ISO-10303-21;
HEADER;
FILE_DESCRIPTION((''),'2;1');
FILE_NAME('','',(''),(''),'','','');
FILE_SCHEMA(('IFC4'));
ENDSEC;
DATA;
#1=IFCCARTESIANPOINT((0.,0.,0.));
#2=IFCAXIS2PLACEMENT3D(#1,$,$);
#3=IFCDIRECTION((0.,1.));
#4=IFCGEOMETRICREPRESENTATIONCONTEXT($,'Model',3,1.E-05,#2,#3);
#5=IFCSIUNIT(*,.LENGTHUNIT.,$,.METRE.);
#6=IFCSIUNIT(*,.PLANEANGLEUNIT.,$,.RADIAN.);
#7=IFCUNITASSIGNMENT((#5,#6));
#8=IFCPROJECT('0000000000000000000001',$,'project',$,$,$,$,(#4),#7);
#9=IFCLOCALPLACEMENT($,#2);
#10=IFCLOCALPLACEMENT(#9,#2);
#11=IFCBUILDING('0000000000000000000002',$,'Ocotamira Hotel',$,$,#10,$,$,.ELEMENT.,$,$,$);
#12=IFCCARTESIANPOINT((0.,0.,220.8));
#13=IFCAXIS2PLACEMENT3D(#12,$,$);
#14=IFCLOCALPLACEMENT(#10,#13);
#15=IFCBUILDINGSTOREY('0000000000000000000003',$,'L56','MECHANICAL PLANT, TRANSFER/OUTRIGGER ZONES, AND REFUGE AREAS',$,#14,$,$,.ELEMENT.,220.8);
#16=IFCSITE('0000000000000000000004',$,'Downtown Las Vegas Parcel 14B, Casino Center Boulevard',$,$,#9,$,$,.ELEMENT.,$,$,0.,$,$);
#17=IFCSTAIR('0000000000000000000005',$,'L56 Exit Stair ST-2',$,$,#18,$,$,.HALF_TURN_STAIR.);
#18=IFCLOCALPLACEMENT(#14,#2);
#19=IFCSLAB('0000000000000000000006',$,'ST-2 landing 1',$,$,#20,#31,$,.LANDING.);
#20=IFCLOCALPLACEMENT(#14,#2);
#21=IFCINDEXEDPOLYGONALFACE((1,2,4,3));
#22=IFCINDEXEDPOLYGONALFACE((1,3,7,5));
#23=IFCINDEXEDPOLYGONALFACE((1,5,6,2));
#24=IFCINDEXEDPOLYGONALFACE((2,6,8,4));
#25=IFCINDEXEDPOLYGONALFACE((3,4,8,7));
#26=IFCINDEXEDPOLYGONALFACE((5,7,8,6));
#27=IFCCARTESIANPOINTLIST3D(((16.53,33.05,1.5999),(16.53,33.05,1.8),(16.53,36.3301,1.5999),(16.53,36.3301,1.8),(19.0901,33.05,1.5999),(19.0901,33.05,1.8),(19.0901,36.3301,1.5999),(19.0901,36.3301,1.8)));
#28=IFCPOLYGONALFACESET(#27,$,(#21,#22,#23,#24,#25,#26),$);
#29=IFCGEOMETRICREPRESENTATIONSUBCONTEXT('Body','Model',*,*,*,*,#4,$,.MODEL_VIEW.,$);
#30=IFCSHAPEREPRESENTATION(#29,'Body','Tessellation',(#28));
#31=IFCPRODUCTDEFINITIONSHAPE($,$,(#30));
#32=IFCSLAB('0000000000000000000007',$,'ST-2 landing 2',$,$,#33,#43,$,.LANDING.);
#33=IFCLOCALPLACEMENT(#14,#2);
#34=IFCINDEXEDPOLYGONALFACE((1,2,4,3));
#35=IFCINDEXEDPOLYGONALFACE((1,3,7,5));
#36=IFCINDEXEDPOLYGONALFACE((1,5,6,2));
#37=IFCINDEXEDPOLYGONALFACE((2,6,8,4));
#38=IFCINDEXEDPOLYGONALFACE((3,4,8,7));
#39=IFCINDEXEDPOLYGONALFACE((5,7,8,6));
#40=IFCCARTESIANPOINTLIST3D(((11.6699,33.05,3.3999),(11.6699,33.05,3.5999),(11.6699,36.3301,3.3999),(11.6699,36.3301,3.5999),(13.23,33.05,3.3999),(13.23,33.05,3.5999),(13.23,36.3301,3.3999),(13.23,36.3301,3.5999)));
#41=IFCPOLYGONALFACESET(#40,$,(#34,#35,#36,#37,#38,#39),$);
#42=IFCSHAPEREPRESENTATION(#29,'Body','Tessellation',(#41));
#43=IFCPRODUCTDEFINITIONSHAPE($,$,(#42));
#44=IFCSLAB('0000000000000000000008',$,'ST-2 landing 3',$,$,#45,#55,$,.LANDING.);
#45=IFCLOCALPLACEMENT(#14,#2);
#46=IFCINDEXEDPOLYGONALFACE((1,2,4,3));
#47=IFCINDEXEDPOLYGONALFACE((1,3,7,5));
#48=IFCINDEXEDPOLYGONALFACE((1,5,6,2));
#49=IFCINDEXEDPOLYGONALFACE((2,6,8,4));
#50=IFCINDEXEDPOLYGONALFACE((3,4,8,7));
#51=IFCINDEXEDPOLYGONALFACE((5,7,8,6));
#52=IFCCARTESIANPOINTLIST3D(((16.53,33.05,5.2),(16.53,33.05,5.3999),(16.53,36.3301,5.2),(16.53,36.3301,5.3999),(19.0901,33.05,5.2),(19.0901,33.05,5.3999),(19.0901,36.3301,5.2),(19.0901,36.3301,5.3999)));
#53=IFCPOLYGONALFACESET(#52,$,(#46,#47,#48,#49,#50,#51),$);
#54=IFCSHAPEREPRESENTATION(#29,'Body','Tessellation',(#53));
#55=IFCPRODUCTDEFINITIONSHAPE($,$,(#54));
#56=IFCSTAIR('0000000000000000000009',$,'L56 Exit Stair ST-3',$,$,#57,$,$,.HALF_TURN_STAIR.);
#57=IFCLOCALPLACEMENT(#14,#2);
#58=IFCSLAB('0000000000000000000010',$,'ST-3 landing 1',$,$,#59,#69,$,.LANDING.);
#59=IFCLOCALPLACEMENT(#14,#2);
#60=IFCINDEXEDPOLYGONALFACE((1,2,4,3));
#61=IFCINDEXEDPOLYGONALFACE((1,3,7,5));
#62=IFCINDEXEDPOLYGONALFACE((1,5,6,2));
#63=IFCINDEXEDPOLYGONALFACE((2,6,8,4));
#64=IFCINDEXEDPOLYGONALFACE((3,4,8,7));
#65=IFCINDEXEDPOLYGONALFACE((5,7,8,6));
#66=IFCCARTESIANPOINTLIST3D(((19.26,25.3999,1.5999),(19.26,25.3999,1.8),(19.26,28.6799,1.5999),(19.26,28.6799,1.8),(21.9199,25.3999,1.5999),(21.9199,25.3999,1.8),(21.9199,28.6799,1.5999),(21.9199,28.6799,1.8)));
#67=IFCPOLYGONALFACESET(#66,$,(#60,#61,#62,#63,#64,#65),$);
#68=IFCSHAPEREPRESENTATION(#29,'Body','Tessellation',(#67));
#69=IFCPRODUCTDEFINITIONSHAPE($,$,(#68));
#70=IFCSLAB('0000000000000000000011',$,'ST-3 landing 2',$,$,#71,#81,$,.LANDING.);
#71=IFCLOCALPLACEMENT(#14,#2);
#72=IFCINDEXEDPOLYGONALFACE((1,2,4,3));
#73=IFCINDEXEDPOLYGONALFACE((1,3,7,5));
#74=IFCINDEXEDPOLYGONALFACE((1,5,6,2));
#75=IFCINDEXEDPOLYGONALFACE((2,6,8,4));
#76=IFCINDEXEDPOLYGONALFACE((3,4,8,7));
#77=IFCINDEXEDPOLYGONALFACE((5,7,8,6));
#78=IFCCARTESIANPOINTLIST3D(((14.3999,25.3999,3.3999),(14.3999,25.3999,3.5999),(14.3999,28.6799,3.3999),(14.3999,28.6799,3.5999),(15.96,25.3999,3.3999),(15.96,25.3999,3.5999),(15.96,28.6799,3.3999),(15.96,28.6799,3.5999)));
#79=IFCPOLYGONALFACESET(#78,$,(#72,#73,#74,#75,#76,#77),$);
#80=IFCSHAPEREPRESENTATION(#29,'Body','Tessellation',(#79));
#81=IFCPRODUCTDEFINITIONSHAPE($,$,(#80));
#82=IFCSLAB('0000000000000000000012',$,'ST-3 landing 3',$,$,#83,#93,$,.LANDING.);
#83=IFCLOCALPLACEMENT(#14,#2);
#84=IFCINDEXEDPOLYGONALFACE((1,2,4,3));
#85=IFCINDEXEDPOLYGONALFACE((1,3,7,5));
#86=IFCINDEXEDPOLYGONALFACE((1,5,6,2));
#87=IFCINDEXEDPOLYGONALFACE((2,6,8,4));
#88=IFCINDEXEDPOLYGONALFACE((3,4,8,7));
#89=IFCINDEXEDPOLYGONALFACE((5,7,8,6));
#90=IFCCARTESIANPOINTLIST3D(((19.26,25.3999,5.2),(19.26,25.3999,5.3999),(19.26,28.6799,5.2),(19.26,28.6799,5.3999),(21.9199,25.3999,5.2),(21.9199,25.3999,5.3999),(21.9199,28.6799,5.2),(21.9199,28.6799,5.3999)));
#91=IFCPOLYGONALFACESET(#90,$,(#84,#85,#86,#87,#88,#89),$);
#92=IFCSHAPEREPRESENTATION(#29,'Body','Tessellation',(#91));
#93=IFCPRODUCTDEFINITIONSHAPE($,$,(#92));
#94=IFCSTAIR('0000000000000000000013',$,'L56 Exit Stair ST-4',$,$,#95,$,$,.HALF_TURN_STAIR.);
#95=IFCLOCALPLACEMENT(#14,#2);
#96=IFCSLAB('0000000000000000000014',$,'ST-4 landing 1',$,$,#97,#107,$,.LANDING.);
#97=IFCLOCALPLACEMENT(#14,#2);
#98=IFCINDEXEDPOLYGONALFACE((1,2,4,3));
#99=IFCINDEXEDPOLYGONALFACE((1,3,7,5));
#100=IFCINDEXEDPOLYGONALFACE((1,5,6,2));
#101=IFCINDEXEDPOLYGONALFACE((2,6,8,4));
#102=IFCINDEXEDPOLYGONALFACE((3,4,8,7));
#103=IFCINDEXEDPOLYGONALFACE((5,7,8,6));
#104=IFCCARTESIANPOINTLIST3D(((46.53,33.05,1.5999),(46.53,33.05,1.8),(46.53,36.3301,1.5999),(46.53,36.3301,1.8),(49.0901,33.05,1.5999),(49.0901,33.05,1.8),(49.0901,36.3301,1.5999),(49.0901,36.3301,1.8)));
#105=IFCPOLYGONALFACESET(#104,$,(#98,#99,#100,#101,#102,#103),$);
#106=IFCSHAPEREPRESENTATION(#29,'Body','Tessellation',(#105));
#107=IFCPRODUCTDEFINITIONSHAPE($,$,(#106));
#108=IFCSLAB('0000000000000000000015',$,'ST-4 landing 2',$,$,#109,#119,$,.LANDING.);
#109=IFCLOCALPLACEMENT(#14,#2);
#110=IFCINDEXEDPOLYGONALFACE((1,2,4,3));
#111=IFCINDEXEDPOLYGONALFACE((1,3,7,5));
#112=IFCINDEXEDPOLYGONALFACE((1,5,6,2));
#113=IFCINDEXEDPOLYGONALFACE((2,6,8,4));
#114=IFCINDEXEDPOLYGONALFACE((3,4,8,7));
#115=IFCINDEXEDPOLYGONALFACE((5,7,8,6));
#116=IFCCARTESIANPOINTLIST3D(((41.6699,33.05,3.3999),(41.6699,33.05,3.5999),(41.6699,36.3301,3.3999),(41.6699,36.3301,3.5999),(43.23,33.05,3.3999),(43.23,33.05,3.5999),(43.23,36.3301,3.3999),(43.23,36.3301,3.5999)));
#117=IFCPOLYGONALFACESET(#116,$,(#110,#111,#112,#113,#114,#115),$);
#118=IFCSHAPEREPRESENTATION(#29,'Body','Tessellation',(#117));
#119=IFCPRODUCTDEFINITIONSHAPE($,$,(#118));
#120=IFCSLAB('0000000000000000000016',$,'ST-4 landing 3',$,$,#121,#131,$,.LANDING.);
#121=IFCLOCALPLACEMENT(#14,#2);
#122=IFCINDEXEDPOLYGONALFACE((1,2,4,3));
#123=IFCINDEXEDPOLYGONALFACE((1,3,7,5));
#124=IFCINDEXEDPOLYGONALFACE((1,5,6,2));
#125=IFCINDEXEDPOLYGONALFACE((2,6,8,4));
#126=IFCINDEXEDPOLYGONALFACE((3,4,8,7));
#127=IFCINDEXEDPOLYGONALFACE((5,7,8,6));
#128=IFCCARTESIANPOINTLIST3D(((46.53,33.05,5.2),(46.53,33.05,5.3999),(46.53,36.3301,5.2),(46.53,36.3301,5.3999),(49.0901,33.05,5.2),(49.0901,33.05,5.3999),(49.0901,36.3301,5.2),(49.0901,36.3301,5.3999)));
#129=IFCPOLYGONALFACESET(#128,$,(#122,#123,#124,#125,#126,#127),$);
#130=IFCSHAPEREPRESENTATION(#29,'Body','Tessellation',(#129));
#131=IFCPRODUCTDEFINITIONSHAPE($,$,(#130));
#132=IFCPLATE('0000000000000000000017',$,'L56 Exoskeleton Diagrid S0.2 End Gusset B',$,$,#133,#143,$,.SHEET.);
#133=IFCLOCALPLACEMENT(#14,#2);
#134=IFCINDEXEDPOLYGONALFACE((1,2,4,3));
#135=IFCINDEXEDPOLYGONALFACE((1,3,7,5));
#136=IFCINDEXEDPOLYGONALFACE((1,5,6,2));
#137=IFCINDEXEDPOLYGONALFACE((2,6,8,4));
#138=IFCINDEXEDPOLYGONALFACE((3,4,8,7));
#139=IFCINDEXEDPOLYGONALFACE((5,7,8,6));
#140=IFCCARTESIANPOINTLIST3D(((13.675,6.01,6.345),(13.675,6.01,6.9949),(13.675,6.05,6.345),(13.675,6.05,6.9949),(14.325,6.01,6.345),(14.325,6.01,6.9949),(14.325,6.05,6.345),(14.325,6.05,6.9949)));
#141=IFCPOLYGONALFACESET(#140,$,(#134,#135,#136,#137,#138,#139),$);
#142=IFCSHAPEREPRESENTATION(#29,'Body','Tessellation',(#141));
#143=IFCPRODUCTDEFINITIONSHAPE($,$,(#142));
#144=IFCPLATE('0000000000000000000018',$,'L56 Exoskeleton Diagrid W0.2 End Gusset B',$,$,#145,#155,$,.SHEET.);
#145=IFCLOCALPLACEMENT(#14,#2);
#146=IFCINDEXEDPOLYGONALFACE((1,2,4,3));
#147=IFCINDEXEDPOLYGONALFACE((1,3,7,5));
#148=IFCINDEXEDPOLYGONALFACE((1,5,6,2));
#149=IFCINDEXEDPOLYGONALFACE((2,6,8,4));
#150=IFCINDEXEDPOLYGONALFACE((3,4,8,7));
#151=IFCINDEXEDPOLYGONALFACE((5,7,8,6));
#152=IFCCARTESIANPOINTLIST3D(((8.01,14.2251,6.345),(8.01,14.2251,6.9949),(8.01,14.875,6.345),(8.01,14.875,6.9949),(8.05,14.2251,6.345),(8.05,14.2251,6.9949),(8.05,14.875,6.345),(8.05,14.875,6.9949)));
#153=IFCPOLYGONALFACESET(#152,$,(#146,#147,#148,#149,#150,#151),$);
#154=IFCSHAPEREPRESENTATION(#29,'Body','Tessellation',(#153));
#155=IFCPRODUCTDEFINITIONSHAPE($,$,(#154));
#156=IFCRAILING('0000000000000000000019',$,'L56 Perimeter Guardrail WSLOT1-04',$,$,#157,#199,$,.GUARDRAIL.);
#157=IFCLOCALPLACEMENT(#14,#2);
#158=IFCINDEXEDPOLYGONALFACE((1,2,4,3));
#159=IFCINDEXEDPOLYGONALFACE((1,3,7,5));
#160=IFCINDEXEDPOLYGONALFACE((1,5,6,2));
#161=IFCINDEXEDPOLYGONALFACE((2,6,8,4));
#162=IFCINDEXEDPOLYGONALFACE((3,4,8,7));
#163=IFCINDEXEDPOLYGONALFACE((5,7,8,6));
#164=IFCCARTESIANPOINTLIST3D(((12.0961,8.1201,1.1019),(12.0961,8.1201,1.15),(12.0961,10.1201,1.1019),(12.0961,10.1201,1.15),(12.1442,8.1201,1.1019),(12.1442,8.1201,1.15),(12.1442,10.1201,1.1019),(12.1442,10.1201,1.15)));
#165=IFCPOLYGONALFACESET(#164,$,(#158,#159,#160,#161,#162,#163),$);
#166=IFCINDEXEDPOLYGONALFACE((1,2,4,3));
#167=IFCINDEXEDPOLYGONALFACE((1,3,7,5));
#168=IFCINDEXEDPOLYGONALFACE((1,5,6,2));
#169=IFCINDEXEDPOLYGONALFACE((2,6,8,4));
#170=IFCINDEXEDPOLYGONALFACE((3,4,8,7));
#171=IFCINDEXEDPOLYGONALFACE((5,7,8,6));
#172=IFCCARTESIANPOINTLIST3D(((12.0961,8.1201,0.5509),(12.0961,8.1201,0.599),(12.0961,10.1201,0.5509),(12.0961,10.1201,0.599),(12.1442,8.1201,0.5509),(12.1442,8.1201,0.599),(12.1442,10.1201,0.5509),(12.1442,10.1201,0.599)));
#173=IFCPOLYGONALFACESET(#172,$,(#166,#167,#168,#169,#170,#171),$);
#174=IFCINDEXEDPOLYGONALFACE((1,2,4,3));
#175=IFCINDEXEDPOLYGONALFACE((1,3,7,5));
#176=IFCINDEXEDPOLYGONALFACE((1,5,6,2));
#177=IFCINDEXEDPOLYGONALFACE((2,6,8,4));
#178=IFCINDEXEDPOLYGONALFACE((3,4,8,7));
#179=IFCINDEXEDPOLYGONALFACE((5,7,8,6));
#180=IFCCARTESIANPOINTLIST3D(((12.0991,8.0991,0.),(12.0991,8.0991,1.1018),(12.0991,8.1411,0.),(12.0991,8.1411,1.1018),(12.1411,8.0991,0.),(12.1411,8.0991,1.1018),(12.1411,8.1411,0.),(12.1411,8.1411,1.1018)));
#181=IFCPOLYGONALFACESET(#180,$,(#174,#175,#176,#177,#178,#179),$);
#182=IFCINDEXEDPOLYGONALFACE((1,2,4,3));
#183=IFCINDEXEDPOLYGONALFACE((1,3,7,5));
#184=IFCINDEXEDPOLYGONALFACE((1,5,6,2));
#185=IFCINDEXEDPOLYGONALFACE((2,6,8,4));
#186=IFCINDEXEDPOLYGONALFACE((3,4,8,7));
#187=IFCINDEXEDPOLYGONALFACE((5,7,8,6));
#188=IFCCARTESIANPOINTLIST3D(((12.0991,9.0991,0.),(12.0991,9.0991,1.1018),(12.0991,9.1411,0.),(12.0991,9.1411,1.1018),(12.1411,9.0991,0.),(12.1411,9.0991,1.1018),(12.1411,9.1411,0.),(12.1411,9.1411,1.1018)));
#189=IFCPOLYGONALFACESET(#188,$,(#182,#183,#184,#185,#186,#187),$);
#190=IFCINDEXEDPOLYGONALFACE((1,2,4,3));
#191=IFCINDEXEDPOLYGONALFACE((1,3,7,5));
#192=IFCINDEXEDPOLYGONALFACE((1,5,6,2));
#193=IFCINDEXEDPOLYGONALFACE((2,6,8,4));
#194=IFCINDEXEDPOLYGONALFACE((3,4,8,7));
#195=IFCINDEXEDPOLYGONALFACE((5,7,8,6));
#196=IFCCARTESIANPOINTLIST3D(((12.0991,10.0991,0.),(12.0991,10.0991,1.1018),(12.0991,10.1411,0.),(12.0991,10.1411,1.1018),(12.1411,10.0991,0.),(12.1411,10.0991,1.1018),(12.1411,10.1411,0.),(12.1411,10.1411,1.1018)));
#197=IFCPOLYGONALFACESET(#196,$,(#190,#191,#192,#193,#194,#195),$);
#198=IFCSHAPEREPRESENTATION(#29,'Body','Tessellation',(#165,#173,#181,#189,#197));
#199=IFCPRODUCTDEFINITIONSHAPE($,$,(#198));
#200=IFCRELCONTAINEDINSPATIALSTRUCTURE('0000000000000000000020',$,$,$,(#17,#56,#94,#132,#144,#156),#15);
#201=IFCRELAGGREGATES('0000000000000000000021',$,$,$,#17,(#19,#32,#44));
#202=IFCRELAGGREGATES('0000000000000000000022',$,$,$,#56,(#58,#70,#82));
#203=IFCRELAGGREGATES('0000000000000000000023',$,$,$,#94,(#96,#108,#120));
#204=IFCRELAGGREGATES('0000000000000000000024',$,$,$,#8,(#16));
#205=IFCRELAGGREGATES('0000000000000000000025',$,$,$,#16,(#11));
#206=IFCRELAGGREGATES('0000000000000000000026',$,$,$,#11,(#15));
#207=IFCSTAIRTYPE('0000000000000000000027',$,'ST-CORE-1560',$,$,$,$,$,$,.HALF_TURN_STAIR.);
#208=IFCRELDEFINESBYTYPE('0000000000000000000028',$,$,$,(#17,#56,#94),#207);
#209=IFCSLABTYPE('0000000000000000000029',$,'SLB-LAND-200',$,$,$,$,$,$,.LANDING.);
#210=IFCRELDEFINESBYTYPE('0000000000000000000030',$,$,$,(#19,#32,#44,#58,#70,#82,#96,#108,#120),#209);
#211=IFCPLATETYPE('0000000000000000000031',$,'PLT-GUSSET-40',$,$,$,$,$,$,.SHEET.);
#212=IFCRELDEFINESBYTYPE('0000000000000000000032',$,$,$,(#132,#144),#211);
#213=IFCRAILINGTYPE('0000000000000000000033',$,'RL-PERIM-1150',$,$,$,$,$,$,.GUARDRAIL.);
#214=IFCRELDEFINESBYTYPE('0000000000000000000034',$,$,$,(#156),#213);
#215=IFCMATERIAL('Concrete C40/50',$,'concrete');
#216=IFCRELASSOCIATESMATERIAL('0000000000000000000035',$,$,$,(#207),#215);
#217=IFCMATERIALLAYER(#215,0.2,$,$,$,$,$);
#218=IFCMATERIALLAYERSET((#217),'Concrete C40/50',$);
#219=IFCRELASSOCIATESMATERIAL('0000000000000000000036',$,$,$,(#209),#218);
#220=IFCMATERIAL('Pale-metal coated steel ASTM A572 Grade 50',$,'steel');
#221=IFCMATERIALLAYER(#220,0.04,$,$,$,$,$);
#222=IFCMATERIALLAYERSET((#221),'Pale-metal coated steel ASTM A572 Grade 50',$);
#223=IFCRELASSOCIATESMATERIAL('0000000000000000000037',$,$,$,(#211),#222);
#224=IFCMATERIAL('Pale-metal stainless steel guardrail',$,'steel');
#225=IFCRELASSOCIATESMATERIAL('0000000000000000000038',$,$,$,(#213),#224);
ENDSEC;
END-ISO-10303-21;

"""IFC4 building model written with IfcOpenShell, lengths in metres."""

from ifc_helpers import new_model, si_unit, direction, frame, origin, origin_2d, place, context, subcontext, project, spatial, polyline, rectangle, outline, extrude, source, transform, mapped, material, layer, layer_set, type_object, element, aggregate, save


model = new_model("IFC4")

# Units and contexts
model_context = context("Model", 3, precision=1e-05, world=origin(), true_north=direction((0.0, 1.0)))
body_context = subcontext(model_context, "Body", "Model", "MODEL_VIEW")
ifc_project = project(units=[si_unit("LENGTHUNIT", "METRE"), si_unit("PLANEANGLEUNIT", "RADIAN")], contexts=[model_context])

# Site, building, storey
site_placement = place(None, origin())
site = spatial("IfcSite", under=ifc_project, at=site_placement, Name="Downtown Las Vegas Parcel 14B, Casino Center Boulevard", CompositionType="ELEMENT", RefElevation=0.0)
building_placement = place(site_placement, origin())
building = spatial("IfcBuilding", under=site, at=building_placement, Name="Ocotamira Hotel", CompositionType="ELEMENT")
storey_placement = place(building_placement, frame((0.0, 0.0, 220.8)))
storey = spatial("IfcBuildingStorey", under=building, at=storey_placement, Name="L56", Description="MECHANICAL PLANT, TRANSFER/OUTRIGGER ZONES, AND REFUGE AREAS", CompositionType="ELEMENT", Elevation=220.8)

# Shared definitions
ifc_material_1 = material(Name="Concrete C40/50", Category="concrete")

# Stairs, slabs
stair_type = type_object("IfcStairType", Name="ST-CORE-1560", PredefinedType="HALF_TURN_STAIR", material=ifc_material_1)
ifc_layer_1 = layer(ifc_material_1, 0.2)
ifc_layer_set_1 = layer_set([ifc_layer_1], Name="Concrete C40/50")
slab_type_1 = type_object("IfcSlabType", Name="SLB-LAND-200", PredefinedType="LANDING", material=ifc_layer_set_1)
stair_1_placement = place(storey_placement, origin())
stair_1 = element("IfcStair", 1, at=stair_1_placement, inside=storey, type_object=stair_type, Name="L56 Exit Stair ST-2", PredefinedType="HALF_TURN_STAIR")
slab_1_placement = place(storey_placement, frame((0.0, 0.0, 1.5999)))
slab_1 = element("IfcSlab", 2, at=slab_1_placement, type_object=slab_type_1, Name="ST-2 landing 1", PredefinedType="LANDING", context=body_context, shape_type="SweptSolid", body=[
    extrude(outline(polyline([(16.53, 33.05), (19.0901, 33.05), (19.0901, 36.3301), (16.53, 36.3301), (16.53, 33.05)])), origin(), (0.0, 0.0, 1.0), 0.2002),
])
slab_2_placement = place(storey_placement, frame((0.0, 0.0, 3.3999)))
slab_2 = element("IfcSlab", 3, at=slab_2_placement, type_object=slab_type_1, Name="ST-2 landing 2", PredefinedType="LANDING", context=body_context, shape_type="SweptSolid", body=[
    extrude(outline(polyline([(11.6699, 33.05), (13.23, 33.05), (13.23, 36.3301), (11.6699, 36.3301), (11.6699, 33.05)])), origin(), (0.0, 0.0, 1.0), 0.2),
])
slab_3_placement = place(storey_placement, frame((0.0, 0.0, 5.2)))
slab_3 = element("IfcSlab", 4, at=slab_3_placement, type_object=slab_type_1, Name="ST-2 landing 3", PredefinedType="LANDING", context=body_context, shape_type="SweptSolid", body=[
    extrude(outline(polyline([(16.53, 33.05), (19.0901, 33.05), (19.0901, 36.3301), (16.53, 36.3301), (16.53, 33.05)])), origin(), (0.0, 0.0, 1.0), 0.2),
])
aggregate(stair_1, [slab_1, slab_2, slab_3])
stair_2_placement = place(storey_placement, origin())
stair_2 = element("IfcStair", 5, at=stair_2_placement, inside=storey, type_object=stair_type, Name="L56 Exit Stair ST-3", PredefinedType="HALF_TURN_STAIR")
slab_4_placement = place(storey_placement, frame((0.0, 0.0, 1.5999)))
slab_4 = element("IfcSlab", 6, at=slab_4_placement, type_object=slab_type_1, Name="ST-3 landing 1", PredefinedType="LANDING", context=body_context, shape_type="SweptSolid", body=[
    extrude(outline(polyline([(19.26, 25.3999), (21.9199, 25.3999), (21.9199, 28.6799), (19.26, 28.6799), (19.26, 25.3999)])), origin(), (0.0, 0.0, 1.0), 0.2002),
])
slab_5_placement = place(storey_placement, frame((0.0, 0.0, 3.3999)))
slab_5 = element("IfcSlab", 7, at=slab_5_placement, type_object=slab_type_1, Name="ST-3 landing 2", PredefinedType="LANDING", context=body_context, shape_type="SweptSolid", body=[
    extrude(outline(polyline([(14.3999, 25.3999), (15.96, 25.3999), (15.96, 28.6799), (14.3999, 28.6799), (14.3999, 25.3999)])), origin(), (0.0, 0.0, 1.0), 0.2),
])
slab_6_placement = place(storey_placement, frame((0.0, 0.0, 5.2)))
slab_6 = element("IfcSlab", 8, at=slab_6_placement, type_object=slab_type_1, Name="ST-3 landing 3", PredefinedType="LANDING", context=body_context, shape_type="SweptSolid", body=[
    extrude(outline(polyline([(19.26, 25.3999), (21.9199, 25.3999), (21.9199, 28.6799), (19.26, 28.6799), (19.26, 25.3999)])), origin(), (0.0, 0.0, 1.0), 0.2),
])
aggregate(stair_2, [slab_4, slab_5, slab_6])
stair_3_placement = place(storey_placement, origin())
stair_3 = element("IfcStair", 9, at=stair_3_placement, inside=storey, type_object=stair_type, Name="L56 Exit Stair ST-4", PredefinedType="HALF_TURN_STAIR")
slab_7_placement = place(storey_placement, frame((0.0, 0.0, 1.5999)))
slab_7 = element("IfcSlab", 10, at=slab_7_placement, type_object=slab_type_1, Name="ST-4 landing 1", PredefinedType="LANDING", context=body_context, shape_type="SweptSolid", body=[
    extrude(outline(polyline([(46.53, 33.05), (49.0901, 33.05), (49.0901, 36.3301), (46.53, 36.3301), (46.53, 33.05)])), origin(), (0.0, 0.0, 1.0), 0.2002),
])
slab_8_placement = place(storey_placement, frame((0.0, 0.0, 3.3999)))
slab_8 = element("IfcSlab", 11, at=slab_8_placement, type_object=slab_type_1, Name="ST-4 landing 2", PredefinedType="LANDING", context=body_context, shape_type="SweptSolid", body=[
    extrude(outline(polyline([(41.6699, 33.05), (43.23, 33.05), (43.23, 36.3301), (41.6699, 36.3301), (41.6699, 33.05)])), origin(), (0.0, 0.0, 1.0), 0.2),
])
slab_9_placement = place(storey_placement, frame((0.0, 0.0, 5.2)))
slab_9 = element("IfcSlab", 12, at=slab_9_placement, type_object=slab_type_1, Name="ST-4 landing 3", PredefinedType="LANDING", context=body_context, shape_type="SweptSolid", body=[
    extrude(outline(polyline([(46.53, 33.05), (49.0901, 33.05), (49.0901, 36.3301), (46.53, 36.3301), (46.53, 33.05)])), origin(), (0.0, 0.0, 1.0), 0.2),
])
aggregate(stair_3, [slab_7, slab_8, slab_9])

# Plates
ifc_material_2 = material(Name="Pale-metal coated steel ASTM A572 Grade 50", Category="steel")
ifc_layer_2 = layer(ifc_material_2, 0.04)
ifc_layer_set_2 = layer_set([ifc_layer_2], Name="Pale-metal coated steel ASTM A572 Grade 50")
plate_type = type_object("IfcPlateType", Name="PLT-GUSSET-40", PredefinedType="SHEET", material=ifc_layer_set_2)
shared_shape_1 = source(origin(), body_context, "Body", "SweptSolid", [
    extrude(rectangle(XDim=0.6499, YDim=0.04, at=origin_2d()), origin(), (0.0, 0.0, 1.0), 0.6499),
])
plate_1_placement = place(storey_placement, frame((14.0, 6.03, 6.345), z_axis=(0.0, 0.0, 1.0), x_axis=(-1.0, 0.0, 0.0)))
element("IfcPlate", 13, at=plate_1_placement, inside=storey, type_object=plate_type, Name="L56 Exoskeleton Diagrid S0.2 End Gusset B", PredefinedType="SHEET", context=body_context, shape_type="MappedRepresentation", body=[
    mapped(shared_shape_1, transform((0.0, 0.0, 0.0), scale=1.0)),
])
shared_shape_2 = source(origin(), body_context, "Body", "SweptSolid", [
    extrude(rectangle(XDim=0.04, YDim=0.6499, at=origin_2d()), origin(), (0.0, 0.0, 1.0), 0.6499),
])
plate_2_placement = place(storey_placement, frame((8.03, 14.55, 6.345), z_axis=(0.0, 0.0, 1.0), x_axis=(1.0, 0.0, 0.0)))
element("IfcPlate", 14, at=plate_2_placement, inside=storey, type_object=plate_type, Name="L56 Exoskeleton Diagrid W0.2 End Gusset B", PredefinedType="SHEET", context=body_context, shape_type="MappedRepresentation", body=[
    mapped(shared_shape_2, transform((0.0, 0.0, 0.0), scale=1.0)),
])

# Railing
ifc_material_3 = material(Name="Pale-metal stainless steel guardrail", Category="steel")
railing_type = type_object("IfcRailingType", Name="RL-PERIM-1150", PredefinedType="GUARDRAIL", material=ifc_material_3)
railing_1_placement = place(storey_placement, frame((12.1201, 8.1201, 0.0)))
element("IfcRailing", 15, at=railing_1_placement, inside=storey, type_object=railing_type, Name="L56 Perimeter Guardrail WSLOT1-04", PredefinedType="GUARDRAIL", context=body_context, shape_type="SweptSolid", body=[
    extrude(rectangle(XDim=0.0481, YDim=0.0481, at=origin_2d()), frame((0.0, 0.0, 1.126), z_axis=(0.0, 1.0, 0.0), x_axis=(-1.0, 0.0, 0.0)), (0.0, 0.0, 1.0), 2.0),
    extrude(rectangle(XDim=0.0481, YDim=0.0481, at=origin_2d()), frame((0.0, 0.0, 0.575), z_axis=(0.0, 1.0, 0.0), x_axis=(-1.0, 0.0, 0.0)), (0.0, 0.0, 1.0), 2.0),
    extrude(rectangle(XDim=0.042, YDim=0.042, at=origin_2d()), origin(), (0.0, 0.0, 1.0), 1.1018),
    extrude(rectangle(XDim=0.042, YDim=0.042, at=origin_2d()), frame((0.0, 1.0, 0.0)), (0.0, 0.0, 1.0), 1.1018),
    extrude(rectangle(XDim=0.042, YDim=0.042, at=origin_2d()), frame((0.0, 2.0, 0.0)), (0.0, 0.0, 1.0), 1.1018),
])

save(model, "model.ifc")
